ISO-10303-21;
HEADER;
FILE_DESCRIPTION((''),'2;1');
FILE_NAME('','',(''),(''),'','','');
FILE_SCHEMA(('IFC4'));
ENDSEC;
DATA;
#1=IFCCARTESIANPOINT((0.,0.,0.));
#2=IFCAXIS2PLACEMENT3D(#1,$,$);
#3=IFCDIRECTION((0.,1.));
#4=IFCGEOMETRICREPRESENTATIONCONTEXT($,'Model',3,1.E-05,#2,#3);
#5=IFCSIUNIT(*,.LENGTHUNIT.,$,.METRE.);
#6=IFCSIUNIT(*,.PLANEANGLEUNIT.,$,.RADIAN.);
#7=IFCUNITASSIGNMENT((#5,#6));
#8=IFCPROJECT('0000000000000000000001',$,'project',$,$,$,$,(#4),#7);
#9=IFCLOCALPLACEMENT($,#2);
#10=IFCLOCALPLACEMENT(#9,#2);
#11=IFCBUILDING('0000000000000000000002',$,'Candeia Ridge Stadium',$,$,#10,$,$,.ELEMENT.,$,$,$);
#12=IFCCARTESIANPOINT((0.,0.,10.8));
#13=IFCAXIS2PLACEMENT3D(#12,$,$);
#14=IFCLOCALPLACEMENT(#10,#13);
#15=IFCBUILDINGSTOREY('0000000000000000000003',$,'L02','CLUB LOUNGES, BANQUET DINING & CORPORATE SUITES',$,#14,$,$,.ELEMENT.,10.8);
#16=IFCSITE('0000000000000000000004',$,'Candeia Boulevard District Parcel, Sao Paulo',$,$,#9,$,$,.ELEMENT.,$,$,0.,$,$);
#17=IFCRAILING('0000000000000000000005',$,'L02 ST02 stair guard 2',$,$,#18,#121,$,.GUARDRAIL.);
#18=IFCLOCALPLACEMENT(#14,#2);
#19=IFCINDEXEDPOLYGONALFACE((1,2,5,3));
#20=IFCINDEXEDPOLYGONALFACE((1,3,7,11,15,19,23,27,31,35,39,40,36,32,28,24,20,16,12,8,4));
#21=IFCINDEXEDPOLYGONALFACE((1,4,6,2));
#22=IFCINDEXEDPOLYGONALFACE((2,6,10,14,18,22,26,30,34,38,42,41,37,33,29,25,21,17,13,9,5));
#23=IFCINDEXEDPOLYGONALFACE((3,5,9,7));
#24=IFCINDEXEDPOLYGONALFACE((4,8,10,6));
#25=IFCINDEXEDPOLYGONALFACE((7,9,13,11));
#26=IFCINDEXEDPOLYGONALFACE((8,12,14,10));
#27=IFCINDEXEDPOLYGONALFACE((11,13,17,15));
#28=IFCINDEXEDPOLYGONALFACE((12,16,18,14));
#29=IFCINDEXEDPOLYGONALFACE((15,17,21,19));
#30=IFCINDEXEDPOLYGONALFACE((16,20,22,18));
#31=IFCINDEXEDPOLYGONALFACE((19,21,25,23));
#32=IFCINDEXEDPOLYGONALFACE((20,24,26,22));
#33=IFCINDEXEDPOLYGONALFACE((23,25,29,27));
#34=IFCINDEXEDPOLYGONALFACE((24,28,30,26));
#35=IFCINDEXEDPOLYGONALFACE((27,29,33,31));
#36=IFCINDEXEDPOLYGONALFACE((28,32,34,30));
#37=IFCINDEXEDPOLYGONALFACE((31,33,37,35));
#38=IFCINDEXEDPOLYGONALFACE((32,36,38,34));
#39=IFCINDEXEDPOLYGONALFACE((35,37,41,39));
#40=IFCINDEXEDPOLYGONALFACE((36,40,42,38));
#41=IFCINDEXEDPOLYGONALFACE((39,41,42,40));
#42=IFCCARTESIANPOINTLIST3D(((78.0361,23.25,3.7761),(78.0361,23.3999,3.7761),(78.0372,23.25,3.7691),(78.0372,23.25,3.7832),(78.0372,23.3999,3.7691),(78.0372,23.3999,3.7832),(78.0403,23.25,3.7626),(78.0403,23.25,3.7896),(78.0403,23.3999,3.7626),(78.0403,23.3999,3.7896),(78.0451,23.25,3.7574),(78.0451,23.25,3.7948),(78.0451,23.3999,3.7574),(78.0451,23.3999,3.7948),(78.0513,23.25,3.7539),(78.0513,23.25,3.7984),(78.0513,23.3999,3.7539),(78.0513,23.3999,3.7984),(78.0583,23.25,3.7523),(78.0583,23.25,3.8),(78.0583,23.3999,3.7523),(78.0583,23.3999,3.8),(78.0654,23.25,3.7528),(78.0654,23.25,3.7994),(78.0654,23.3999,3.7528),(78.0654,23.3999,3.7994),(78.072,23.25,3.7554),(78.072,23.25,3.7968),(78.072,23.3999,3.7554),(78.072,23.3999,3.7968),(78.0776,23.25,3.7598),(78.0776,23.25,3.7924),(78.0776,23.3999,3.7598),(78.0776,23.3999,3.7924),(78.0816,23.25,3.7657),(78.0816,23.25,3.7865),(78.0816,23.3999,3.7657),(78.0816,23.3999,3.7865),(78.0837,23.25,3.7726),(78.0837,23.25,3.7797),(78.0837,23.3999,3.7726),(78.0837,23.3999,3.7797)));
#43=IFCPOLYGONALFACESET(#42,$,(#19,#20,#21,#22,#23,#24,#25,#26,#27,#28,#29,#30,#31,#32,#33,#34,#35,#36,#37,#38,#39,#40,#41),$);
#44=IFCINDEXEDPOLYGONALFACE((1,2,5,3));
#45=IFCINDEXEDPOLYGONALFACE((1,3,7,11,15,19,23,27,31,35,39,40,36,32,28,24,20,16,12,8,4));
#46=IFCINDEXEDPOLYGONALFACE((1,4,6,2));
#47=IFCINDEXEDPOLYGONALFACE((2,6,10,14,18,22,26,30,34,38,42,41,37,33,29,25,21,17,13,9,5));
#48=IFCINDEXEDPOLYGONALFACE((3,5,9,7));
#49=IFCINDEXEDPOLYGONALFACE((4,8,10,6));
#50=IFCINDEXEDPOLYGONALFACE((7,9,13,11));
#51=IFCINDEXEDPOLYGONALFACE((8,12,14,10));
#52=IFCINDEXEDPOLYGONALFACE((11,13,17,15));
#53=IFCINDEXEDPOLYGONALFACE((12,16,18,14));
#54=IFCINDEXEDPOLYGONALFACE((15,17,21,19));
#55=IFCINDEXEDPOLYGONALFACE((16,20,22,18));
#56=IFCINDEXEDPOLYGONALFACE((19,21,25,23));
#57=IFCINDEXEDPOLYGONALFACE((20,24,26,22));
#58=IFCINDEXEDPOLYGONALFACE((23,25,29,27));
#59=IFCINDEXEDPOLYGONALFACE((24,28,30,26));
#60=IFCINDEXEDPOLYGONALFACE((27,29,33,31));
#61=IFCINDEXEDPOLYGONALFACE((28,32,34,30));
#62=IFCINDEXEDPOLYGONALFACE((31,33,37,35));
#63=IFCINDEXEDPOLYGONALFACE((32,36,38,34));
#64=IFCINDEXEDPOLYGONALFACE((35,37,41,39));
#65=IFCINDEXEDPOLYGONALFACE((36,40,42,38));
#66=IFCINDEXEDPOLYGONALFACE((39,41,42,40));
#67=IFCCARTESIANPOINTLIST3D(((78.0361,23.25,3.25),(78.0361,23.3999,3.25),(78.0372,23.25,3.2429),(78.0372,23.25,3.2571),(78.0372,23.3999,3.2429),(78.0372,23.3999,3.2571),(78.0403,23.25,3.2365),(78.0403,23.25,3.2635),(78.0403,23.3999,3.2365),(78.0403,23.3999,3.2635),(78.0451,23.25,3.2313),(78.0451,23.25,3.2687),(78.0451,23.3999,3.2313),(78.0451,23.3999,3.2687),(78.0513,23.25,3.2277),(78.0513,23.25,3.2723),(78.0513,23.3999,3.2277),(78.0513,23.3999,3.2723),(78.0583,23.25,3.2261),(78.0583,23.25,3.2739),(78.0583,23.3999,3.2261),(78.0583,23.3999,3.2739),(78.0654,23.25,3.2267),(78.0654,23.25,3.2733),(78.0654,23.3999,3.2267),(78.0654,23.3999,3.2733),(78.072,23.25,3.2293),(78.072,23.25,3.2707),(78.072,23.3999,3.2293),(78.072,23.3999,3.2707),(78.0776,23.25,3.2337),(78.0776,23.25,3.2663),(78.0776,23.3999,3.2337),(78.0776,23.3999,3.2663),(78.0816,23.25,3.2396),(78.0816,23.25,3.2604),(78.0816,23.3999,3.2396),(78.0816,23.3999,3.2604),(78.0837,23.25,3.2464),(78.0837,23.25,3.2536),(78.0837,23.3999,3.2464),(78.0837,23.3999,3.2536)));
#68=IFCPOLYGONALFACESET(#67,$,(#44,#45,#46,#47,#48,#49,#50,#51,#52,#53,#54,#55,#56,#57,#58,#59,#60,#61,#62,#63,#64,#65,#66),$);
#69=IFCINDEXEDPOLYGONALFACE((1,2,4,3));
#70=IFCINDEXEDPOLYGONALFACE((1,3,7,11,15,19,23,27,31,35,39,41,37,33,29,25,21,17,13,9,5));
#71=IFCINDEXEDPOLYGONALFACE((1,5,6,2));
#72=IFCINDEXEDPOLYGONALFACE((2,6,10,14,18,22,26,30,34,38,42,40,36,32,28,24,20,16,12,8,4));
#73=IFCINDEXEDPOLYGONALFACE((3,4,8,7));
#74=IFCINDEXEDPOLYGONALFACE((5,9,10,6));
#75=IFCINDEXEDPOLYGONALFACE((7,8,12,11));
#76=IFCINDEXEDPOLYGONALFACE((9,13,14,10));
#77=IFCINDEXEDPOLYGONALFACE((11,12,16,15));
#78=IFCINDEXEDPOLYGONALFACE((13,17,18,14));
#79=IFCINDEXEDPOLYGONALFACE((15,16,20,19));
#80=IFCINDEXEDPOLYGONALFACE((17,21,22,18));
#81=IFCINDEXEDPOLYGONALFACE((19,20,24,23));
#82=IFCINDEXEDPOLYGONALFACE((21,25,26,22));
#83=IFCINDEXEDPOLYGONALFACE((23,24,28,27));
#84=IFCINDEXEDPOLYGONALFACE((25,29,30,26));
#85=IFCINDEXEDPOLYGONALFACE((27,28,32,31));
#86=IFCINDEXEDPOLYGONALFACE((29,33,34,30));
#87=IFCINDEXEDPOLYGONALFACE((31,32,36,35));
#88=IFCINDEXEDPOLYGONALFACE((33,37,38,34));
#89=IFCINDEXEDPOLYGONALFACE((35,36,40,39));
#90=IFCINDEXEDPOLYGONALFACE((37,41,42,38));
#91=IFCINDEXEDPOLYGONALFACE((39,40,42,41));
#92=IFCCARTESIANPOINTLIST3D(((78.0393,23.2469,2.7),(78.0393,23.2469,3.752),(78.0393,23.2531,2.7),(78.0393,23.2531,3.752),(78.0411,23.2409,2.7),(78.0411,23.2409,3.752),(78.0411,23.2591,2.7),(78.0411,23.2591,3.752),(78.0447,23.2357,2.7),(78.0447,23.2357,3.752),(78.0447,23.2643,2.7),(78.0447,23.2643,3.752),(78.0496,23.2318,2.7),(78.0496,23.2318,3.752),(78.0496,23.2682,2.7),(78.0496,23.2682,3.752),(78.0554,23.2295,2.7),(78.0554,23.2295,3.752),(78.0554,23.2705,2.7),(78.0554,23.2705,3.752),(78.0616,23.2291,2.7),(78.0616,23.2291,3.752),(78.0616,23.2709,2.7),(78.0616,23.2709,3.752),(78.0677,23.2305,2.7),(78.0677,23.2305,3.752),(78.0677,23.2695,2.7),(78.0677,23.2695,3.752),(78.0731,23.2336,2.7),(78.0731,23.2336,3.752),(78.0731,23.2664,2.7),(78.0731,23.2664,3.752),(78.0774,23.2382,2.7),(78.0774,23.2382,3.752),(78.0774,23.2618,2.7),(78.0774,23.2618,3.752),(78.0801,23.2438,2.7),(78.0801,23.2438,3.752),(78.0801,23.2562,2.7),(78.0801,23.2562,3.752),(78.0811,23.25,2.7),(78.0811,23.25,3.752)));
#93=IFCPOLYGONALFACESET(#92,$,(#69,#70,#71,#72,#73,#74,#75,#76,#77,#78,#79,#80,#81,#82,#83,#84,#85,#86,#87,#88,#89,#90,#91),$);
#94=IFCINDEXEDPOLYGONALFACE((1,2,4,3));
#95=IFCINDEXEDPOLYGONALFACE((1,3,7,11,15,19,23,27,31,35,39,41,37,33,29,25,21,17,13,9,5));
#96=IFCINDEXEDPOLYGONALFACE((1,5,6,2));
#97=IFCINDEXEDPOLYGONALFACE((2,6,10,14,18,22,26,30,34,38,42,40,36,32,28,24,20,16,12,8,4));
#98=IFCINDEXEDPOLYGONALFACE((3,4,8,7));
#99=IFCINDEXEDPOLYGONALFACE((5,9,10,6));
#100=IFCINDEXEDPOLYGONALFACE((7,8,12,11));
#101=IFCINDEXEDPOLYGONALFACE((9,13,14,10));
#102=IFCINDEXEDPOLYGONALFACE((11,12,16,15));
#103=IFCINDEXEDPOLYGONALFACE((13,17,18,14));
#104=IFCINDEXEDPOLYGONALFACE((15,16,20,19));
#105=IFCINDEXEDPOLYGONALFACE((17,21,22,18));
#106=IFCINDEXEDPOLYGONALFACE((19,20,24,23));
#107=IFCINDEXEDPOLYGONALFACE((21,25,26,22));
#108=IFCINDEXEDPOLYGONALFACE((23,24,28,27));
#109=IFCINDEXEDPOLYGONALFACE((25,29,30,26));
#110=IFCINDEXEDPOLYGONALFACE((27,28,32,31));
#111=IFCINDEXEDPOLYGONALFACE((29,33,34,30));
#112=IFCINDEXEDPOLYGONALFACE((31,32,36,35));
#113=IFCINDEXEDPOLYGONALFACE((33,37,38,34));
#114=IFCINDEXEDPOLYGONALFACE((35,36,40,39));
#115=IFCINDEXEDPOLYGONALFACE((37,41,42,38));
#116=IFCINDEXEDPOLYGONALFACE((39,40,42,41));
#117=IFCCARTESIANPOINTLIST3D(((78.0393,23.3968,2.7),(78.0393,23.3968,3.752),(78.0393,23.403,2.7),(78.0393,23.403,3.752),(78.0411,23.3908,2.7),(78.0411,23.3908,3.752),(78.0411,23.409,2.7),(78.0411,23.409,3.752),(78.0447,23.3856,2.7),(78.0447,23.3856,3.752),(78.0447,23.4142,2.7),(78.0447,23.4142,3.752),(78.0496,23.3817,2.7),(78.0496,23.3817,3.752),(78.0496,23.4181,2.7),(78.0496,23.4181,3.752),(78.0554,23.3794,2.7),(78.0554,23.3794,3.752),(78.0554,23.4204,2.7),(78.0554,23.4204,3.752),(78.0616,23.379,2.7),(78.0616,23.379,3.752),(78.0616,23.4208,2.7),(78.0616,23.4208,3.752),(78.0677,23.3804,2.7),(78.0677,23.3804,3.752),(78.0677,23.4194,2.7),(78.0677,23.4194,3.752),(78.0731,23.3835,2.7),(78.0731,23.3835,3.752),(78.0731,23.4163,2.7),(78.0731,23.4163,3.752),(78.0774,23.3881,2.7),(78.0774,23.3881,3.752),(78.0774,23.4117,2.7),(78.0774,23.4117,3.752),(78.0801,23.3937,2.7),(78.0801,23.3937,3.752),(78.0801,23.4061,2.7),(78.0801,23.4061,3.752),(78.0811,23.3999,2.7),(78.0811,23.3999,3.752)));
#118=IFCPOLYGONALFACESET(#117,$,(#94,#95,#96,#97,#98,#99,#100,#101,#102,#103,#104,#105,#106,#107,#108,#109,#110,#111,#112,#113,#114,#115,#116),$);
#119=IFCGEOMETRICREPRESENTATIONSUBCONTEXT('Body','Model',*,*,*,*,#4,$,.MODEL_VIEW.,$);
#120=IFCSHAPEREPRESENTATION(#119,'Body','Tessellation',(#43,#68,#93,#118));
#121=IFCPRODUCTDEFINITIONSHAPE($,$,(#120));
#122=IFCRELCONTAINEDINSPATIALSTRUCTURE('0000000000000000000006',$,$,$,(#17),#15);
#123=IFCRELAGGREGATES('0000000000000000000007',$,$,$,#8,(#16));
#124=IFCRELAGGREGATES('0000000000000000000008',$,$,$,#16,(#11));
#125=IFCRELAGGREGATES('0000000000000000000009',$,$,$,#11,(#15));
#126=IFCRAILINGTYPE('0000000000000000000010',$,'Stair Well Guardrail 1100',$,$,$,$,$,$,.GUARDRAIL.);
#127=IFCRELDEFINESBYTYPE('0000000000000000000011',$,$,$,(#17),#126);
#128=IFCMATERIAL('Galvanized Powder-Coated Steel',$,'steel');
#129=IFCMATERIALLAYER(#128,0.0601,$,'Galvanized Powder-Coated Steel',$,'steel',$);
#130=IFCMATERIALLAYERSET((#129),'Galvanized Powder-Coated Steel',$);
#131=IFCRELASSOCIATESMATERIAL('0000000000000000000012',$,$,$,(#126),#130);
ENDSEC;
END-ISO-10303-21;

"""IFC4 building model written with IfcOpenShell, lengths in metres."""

from ifc_helpers import new_model, si_unit, direction, frame, origin, origin_2d, place, context, subcontext, project, spatial, circle, extrude, material, layer, layer_set, type_object, element, save


model = new_model("IFC4")

# Units and contexts
model_context = context("Model", 3, precision=1e-05, world=origin(), true_north=direction((0.0, 1.0)))
body_context = subcontext(model_context, "Body", "Model", "MODEL_VIEW")
ifc_project = project(units=[si_unit("LENGTHUNIT", "METRE"), si_unit("PLANEANGLEUNIT", "RADIAN")], contexts=[model_context])

# Site, building, storey
site_placement = place(None, origin())
site = spatial("IfcSite", under=ifc_project, at=site_placement, Name="Candeia Boulevard District Parcel, Sao Paulo", CompositionType="ELEMENT", RefElevation=0.0)
building_placement = place(site_placement, origin())
building = spatial("IfcBuilding", under=site, at=building_placement, Name="Candeia Ridge Stadium", CompositionType="ELEMENT")
storey_placement = place(building_placement, frame((0.0, 0.0, 10.8)))
storey = spatial("IfcBuildingStorey", under=building, at=storey_placement, Name="L02", Description="CLUB LOUNGES, BANQUET DINING & CORPORATE SUITES", CompositionType="ELEMENT", Elevation=10.8)

# Railing
ifc_material_1 = material(Name="Galvanized Powder-Coated Steel", Category="steel")
ifc_layer_1 = layer(ifc_material_1, 0.0601, Name="Galvanized Powder-Coated Steel", Category="steel")
ifc_layer_set_1 = layer_set([ifc_layer_1], Name="Galvanized Powder-Coated Steel")
railing_type_1 = type_object("IfcRailingType", Name="Stair Well Guardrail 1100", PredefinedType="GUARDRAIL", material=ifc_layer_set_1)
railing_1_placement = place(storey_placement, frame((78.0601, 23.25, 2.7)))
element("IfcRailing", 1, at=railing_1_placement, inside=storey, type_object=railing_type_1, Name="L02 ST02 stair guard 2", PredefinedType="GUARDRAIL", context=body_context, shape_type="SweptSolid", body=[
    extrude(circle(Radius=0.0239, at=origin_2d()), frame((0.0, 0.0, 1.0762), z_axis=(0.0, 1.0, 0.0), x_axis=(-1.0, 0.0, 0.0)), (0.0, 0.0, 1.0), 0.1499),
    extrude(circle(Radius=0.0239, at=origin_2d()), frame((0.0, 0.0, 0.55), z_axis=(0.0, 1.0, 0.0), x_axis=(-1.0, 0.0, 0.0)), (0.0, 0.0, 1.0), 0.1499),
    extrude(circle(Radius=0.021, at=origin_2d()), origin(), (0.0, 0.0, 1.0), 1.052),
    extrude(circle(Radius=0.021, at=origin_2d()), frame((0.0, 0.1499, 0.0)), (0.0, 0.0, 1.0), 1.052),
])

save(model, "model.ifc")
